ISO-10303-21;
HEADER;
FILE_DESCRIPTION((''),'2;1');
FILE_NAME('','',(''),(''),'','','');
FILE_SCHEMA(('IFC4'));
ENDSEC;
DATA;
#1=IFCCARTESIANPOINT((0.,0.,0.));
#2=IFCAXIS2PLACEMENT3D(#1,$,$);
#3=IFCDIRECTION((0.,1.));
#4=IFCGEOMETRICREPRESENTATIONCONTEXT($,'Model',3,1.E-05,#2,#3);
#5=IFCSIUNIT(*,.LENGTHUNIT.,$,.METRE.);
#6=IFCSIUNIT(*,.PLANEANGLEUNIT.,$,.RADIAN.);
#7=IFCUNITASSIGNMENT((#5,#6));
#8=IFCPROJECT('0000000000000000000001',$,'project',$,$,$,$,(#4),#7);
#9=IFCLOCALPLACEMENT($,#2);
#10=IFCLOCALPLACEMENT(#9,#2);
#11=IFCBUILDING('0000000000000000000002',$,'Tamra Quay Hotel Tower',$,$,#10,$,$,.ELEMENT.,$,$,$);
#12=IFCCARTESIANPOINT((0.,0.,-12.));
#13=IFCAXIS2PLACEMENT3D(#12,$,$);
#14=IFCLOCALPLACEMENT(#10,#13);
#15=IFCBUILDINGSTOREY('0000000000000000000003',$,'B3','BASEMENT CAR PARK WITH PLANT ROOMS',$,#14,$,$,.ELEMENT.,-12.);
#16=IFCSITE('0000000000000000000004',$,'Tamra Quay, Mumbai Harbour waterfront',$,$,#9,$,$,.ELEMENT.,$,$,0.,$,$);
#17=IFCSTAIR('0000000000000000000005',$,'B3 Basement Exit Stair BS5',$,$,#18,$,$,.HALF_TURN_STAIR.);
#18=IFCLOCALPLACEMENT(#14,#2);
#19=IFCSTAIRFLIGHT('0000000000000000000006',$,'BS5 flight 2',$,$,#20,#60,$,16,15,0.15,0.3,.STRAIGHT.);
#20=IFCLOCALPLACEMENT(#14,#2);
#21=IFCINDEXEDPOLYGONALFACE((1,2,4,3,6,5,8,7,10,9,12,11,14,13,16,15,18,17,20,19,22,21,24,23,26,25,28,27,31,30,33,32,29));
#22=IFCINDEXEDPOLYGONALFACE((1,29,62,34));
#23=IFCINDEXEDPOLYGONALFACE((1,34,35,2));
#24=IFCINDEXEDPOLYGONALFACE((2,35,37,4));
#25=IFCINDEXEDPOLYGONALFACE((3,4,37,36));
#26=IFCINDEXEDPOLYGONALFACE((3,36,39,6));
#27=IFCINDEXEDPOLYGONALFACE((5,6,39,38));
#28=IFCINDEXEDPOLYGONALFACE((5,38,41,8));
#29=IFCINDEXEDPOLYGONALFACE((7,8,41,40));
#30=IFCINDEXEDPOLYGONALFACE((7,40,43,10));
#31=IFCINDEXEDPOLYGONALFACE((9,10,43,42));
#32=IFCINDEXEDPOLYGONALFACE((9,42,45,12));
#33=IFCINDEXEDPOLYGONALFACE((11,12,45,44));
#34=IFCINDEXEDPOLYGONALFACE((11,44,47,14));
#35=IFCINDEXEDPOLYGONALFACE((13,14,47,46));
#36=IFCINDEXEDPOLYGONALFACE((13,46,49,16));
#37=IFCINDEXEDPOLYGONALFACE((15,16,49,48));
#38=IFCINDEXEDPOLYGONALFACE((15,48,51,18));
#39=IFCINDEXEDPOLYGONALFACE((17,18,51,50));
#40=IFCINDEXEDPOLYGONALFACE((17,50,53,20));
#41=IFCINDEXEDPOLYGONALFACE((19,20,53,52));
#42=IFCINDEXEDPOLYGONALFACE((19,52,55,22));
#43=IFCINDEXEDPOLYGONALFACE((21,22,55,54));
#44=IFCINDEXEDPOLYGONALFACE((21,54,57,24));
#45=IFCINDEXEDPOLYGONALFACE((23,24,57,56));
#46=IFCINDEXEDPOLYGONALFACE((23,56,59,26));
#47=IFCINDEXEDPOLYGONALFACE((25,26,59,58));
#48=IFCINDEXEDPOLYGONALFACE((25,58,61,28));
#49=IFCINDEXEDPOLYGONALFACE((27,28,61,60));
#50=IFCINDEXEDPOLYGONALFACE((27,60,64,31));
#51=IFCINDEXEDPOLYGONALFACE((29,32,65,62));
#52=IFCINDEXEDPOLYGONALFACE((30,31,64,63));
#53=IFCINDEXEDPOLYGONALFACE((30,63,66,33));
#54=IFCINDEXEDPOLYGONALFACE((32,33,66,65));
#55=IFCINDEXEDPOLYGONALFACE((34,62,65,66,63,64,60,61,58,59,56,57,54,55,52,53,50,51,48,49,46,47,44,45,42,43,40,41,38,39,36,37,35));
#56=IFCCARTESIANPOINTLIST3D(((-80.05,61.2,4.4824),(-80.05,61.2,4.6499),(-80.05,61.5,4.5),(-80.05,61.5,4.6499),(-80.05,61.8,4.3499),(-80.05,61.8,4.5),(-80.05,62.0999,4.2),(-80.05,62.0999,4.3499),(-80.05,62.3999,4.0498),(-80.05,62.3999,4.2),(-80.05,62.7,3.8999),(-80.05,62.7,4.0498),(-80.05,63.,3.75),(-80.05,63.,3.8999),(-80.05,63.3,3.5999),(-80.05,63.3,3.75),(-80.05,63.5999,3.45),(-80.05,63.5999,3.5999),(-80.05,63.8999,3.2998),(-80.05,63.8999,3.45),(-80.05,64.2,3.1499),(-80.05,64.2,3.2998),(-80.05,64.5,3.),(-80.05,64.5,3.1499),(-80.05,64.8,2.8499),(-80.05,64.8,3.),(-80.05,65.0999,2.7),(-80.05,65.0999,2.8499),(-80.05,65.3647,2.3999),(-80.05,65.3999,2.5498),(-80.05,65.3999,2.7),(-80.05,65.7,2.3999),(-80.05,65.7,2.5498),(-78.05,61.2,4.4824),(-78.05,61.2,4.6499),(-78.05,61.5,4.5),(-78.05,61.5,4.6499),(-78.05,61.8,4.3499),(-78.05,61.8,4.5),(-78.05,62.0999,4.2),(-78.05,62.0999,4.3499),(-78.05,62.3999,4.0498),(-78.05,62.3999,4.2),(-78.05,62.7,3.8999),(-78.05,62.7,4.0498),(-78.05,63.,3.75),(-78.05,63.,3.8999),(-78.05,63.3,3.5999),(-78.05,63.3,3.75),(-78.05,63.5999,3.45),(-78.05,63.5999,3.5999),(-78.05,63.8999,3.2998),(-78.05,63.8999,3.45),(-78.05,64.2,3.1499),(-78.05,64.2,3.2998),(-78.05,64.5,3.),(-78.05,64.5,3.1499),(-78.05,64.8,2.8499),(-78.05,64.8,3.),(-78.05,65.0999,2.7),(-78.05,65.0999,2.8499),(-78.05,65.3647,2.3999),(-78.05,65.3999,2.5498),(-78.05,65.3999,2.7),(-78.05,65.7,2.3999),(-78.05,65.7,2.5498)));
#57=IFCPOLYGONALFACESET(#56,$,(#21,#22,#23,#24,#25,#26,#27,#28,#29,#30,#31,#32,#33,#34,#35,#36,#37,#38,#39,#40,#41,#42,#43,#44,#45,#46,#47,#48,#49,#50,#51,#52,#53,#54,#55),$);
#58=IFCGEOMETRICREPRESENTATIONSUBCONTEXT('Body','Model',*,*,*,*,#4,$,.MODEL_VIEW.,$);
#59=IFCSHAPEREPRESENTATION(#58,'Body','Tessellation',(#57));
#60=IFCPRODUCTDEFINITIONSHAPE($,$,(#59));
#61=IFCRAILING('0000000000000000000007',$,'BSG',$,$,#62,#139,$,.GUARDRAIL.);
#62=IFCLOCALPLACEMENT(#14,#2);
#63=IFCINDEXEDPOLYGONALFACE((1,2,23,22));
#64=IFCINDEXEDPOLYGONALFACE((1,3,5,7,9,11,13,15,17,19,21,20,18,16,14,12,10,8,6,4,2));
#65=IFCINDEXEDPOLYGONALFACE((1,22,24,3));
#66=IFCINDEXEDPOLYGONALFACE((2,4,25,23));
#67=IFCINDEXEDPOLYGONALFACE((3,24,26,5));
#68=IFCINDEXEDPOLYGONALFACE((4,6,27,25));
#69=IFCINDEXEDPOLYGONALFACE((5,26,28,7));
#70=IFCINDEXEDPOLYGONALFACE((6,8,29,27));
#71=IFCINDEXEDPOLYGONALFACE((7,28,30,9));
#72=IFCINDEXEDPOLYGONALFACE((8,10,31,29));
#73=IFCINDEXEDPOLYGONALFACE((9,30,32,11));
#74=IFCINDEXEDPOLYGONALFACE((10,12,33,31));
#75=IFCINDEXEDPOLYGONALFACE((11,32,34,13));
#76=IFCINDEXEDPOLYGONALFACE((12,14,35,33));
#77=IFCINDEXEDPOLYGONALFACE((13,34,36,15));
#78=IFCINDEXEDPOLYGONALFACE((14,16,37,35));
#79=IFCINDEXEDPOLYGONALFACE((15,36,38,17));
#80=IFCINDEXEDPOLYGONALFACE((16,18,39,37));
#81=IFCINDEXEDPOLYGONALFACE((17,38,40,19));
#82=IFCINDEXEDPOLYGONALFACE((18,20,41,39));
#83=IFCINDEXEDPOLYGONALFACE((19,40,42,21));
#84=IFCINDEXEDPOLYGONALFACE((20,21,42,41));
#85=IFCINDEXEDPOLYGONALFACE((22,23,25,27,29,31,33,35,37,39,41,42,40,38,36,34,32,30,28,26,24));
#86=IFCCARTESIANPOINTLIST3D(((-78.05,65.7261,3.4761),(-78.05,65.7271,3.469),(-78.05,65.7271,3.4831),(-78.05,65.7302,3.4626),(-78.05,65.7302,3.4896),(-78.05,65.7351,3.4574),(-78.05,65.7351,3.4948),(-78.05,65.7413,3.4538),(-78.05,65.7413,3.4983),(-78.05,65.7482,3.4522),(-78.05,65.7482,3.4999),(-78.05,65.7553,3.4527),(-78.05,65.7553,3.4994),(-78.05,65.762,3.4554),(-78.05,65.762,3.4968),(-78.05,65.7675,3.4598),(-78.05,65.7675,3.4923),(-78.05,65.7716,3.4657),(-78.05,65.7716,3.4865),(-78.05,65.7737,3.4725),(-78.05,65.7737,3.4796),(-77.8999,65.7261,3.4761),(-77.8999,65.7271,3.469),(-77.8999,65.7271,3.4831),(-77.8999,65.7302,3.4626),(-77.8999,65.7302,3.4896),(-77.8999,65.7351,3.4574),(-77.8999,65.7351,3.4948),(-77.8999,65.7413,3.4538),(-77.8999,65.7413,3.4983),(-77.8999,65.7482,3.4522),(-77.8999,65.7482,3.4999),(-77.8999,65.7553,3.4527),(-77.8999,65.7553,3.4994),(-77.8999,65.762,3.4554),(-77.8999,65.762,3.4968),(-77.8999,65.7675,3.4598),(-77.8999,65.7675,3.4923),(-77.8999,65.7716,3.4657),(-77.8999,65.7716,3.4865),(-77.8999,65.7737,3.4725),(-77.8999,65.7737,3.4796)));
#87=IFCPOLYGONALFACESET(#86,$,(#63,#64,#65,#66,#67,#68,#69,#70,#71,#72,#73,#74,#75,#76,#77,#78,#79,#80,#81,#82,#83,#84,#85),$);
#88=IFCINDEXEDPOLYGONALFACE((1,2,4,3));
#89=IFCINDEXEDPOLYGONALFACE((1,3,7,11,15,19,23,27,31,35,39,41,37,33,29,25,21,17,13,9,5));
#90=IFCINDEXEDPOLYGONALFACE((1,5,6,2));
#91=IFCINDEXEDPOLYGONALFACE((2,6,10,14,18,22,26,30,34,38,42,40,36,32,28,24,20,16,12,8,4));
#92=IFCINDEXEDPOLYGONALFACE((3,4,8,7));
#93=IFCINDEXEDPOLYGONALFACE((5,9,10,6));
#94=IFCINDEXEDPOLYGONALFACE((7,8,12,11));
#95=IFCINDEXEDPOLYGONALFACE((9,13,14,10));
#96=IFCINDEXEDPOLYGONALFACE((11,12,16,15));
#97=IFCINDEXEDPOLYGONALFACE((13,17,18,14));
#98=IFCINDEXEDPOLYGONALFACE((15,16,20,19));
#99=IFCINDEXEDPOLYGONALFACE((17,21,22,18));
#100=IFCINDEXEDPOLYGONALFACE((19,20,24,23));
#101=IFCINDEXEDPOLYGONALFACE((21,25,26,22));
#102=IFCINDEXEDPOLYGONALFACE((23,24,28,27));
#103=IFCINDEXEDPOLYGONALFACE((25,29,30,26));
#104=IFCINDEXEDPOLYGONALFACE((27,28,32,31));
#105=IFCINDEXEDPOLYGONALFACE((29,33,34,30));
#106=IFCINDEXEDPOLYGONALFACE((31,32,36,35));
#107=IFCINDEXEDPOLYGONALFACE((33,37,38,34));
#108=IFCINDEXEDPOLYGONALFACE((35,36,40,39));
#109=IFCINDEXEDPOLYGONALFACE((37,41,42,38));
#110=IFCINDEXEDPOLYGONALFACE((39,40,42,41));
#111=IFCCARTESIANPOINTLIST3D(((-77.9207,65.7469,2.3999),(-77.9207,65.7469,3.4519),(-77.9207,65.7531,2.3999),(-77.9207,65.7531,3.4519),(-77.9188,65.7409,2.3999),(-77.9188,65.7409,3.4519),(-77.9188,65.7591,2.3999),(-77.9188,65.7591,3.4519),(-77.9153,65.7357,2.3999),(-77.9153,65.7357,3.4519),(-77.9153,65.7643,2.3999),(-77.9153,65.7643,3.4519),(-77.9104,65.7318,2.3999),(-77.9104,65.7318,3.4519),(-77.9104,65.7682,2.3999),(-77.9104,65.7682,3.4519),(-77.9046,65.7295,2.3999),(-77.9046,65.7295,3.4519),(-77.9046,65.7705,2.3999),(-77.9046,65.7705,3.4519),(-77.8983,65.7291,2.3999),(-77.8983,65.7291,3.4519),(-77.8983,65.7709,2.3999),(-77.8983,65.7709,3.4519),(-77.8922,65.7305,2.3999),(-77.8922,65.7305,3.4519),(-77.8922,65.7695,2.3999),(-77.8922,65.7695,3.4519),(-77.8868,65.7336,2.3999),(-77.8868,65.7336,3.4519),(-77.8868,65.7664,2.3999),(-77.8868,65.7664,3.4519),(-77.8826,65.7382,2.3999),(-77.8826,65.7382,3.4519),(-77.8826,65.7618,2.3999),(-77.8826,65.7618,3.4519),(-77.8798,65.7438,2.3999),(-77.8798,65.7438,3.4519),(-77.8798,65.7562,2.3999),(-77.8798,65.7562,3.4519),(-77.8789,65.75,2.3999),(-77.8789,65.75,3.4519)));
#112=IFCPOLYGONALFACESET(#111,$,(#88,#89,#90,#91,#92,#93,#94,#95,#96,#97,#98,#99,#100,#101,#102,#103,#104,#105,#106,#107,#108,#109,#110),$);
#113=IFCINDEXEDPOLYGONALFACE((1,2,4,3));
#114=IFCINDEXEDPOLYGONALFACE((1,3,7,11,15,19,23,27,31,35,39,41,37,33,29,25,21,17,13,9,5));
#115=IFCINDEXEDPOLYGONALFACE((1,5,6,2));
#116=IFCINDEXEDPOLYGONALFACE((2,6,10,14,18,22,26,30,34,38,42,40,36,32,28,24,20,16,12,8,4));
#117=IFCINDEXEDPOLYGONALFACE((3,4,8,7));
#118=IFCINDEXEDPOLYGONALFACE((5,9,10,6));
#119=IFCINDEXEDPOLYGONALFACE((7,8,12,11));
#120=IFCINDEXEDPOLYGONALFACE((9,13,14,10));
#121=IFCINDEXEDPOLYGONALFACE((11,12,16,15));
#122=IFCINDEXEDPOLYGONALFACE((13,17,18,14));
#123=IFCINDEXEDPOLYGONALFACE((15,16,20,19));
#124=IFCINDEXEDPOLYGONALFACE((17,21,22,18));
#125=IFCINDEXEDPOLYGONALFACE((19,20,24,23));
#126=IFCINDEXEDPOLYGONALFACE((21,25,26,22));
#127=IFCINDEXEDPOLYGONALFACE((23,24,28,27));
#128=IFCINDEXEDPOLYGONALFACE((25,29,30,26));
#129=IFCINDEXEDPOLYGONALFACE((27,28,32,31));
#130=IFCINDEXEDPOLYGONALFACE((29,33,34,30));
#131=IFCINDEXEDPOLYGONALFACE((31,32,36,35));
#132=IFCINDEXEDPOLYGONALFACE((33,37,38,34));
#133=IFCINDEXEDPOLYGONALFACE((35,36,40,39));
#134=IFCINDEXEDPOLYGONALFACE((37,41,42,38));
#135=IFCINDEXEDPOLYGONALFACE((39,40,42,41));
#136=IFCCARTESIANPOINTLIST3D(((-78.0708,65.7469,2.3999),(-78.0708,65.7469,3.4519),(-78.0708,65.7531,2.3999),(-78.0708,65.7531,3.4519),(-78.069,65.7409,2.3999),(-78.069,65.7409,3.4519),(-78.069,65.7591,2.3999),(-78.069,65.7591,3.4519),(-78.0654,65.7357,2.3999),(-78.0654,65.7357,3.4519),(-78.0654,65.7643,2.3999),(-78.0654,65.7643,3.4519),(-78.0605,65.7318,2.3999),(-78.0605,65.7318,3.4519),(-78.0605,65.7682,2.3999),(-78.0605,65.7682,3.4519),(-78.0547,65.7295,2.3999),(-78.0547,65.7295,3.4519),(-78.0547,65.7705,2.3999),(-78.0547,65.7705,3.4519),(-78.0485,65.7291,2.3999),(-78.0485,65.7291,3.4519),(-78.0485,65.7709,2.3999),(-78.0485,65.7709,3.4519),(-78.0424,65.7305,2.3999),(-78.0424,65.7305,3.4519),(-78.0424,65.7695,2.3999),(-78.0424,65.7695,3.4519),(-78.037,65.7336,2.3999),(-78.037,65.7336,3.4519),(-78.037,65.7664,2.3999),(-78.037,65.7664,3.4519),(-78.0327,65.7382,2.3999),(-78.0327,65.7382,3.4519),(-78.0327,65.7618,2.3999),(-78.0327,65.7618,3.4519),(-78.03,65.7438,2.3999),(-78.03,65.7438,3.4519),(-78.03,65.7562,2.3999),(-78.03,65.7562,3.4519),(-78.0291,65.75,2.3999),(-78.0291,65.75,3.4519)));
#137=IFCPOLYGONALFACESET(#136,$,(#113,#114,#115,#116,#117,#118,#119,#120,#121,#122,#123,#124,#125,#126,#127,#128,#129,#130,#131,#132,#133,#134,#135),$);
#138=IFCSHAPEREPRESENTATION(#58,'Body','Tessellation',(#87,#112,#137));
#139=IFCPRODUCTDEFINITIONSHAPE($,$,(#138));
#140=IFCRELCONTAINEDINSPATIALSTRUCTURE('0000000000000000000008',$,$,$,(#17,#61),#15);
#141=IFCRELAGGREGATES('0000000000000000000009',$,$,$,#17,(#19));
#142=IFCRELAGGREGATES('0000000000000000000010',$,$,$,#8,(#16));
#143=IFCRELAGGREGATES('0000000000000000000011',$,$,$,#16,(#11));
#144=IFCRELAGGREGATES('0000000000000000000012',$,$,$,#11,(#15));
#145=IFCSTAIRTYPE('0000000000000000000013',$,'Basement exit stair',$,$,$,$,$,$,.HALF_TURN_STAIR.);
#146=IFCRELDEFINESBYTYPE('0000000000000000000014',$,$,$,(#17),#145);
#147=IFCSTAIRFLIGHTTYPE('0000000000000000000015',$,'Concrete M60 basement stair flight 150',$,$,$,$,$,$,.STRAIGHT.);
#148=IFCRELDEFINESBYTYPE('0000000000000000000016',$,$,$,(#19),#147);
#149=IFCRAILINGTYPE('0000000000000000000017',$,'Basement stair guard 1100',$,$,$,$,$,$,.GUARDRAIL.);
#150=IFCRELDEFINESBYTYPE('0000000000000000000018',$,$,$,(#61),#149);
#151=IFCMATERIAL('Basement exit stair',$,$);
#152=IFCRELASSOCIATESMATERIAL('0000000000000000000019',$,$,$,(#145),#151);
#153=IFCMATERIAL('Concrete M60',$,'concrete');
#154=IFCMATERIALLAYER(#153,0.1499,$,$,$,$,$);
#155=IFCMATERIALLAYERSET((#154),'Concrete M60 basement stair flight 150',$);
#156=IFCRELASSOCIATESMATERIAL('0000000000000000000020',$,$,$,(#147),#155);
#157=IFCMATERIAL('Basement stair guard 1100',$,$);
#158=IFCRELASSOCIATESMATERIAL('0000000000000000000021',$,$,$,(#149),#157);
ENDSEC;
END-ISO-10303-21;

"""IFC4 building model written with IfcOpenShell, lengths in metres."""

from ifc_helpers import new_model, si_unit, direction, frame, origin, origin_2d, place, context, subcontext, project, spatial, polyline, circle, outline, extrude, material, layer, layer_set, type_object, element, aggregate, save


model = new_model("IFC4")

# Units and contexts
model_context = context("Model", 3, precision=1e-05, world=origin(), true_north=direction((0.0, 1.0)))
body_context = subcontext(model_context, "Body", "Model", "MODEL_VIEW")
ifc_project = project(units=[si_unit("LENGTHUNIT", "METRE"), si_unit("PLANEANGLEUNIT", "RADIAN")], contexts=[model_context])

# Site, building, storey
site_placement = place(None, origin())
site = spatial("IfcSite", under=ifc_project, at=site_placement, Name="Tamra Quay, Mumbai Harbour waterfront", CompositionType="ELEMENT", RefElevation=0.0)
building_placement = place(site_placement, origin())
building = spatial("IfcBuilding", under=site, at=building_placement, Name="Tamra Quay Hotel Tower", CompositionType="ELEMENT")
storey_placement = place(building_placement, frame((0.0, 0.0, -12.0)))
storey = spatial("IfcBuildingStorey", under=building, at=storey_placement, Name="B3", Description="BASEMENT CAR PARK WITH PLANT ROOMS", CompositionType="ELEMENT", Elevation=-12.0)

# Stair, stair flight
ifc_material_1 = material(Name="Basement exit stair")
stair_type = type_object("IfcStairType", Name="Basement exit stair", PredefinedType="HALF_TURN_STAIR", material=ifc_material_1)
stair_placement = place(storey_placement, origin())
stair = element("IfcStair", 1, at=stair_placement, inside=storey, type_object=stair_type, Name="B3 Basement Exit Stair BS5", PredefinedType="HALF_TURN_STAIR")
ifc_material_2 = material(Name="Concrete M60", Category="concrete")
ifc_layer_1 = layer(ifc_material_2, 0.1499)
ifc_layer_set_1 = layer_set([ifc_layer_1], Name="Concrete M60 basement stair flight 150")
stair_flight_type = type_object("IfcStairFlightType", Name="Concrete M60 basement stair flight 150", PredefinedType="STRAIGHT", material=ifc_layer_set_1)
stair_flight_placement = place(storey_placement, frame((-79.05, 65.7, 2.3999), z_axis=(0.0, 0.0, 1.0), x_axis=(0.0, -1.0, 0.0)))
stair_flight = element("IfcStairFlight", 2, at=stair_flight_placement, type_object=stair_flight_type, Name="BS5 flight 2", NumberOfRisers=16, NumberOfTreads=15, PredefinedType="STRAIGHT", RiserHeight=0.15, TreadLength=0.3, context=body_context, shape_type="SweptSolid", body=[
    extrude(outline(polyline([(0.0, 0.0), (0.0, 0.1499), (0.3, 0.1499), (0.3, 0.3), (0.6001, 0.3), (0.6001, 0.45), (0.8999, 0.45), (0.8999, 0.6001), (1.2, 0.6001), (1.2, 0.75), (1.5, 0.75), (1.5, 0.8999), (1.8, 0.8999), (1.8, 1.05), (2.1001, 1.05), (2.1001, 1.2), (2.3999, 1.2), (2.3999, 1.3501), (2.7, 1.3501), (2.7, 1.5), (3.0, 1.5), (3.0, 1.6499), (3.3, 1.6499), (3.3, 1.8), (3.6001, 1.8), (3.6001, 1.95), (3.8999, 1.95), (3.8999, 2.1001), (4.2, 2.1001), (4.2, 2.25), (4.5, 2.25), (4.5, 2.3999), (4.5, 2.0825), (0.3352, 0.0), (0.0, 0.0)])), frame((0.0, 1.0, 0.0), z_axis=(0.0, -1.0, 0.0), x_axis=(1.0, 0.0, 0.0)), (0.0, 0.0, 1.0), 2.0),
])
aggregate(stair, [stair_flight])

# Railing
ifc_material_3 = material(Name="Basement stair guard 1100")
railing_type_1 = type_object("IfcRailingType", Name="Basement stair guard 1100", PredefinedType="GUARDRAIL", material=ifc_material_3)
railing_1_placement = place(storey_placement, frame((-77.8999, 65.75, 2.3999)))
element("IfcRailing", 3, at=railing_1_placement, inside=storey, type_object=railing_type_1, Name="BSG", PredefinedType="GUARDRAIL", context=body_context, shape_type="SweptSolid", body=[
    extrude(circle(Radius=0.0239, at=origin_2d()), frame((0.0, 0.0, 1.0762), z_axis=(-1.0, 0.0, 0.0), x_axis=(0.0, -1.0, 0.0)), (0.0, 0.0, 1.0), 0.1501),
    extrude(circle(Radius=0.021, at=origin_2d()), origin(), (0.0, 0.0, 1.0), 1.052),
    extrude(circle(Radius=0.021, at=origin_2d()), frame((-0.1501, 0.0, 0.0)), (0.0, 0.0, 1.0), 1.052),
])

save(model, "model.ifc")
